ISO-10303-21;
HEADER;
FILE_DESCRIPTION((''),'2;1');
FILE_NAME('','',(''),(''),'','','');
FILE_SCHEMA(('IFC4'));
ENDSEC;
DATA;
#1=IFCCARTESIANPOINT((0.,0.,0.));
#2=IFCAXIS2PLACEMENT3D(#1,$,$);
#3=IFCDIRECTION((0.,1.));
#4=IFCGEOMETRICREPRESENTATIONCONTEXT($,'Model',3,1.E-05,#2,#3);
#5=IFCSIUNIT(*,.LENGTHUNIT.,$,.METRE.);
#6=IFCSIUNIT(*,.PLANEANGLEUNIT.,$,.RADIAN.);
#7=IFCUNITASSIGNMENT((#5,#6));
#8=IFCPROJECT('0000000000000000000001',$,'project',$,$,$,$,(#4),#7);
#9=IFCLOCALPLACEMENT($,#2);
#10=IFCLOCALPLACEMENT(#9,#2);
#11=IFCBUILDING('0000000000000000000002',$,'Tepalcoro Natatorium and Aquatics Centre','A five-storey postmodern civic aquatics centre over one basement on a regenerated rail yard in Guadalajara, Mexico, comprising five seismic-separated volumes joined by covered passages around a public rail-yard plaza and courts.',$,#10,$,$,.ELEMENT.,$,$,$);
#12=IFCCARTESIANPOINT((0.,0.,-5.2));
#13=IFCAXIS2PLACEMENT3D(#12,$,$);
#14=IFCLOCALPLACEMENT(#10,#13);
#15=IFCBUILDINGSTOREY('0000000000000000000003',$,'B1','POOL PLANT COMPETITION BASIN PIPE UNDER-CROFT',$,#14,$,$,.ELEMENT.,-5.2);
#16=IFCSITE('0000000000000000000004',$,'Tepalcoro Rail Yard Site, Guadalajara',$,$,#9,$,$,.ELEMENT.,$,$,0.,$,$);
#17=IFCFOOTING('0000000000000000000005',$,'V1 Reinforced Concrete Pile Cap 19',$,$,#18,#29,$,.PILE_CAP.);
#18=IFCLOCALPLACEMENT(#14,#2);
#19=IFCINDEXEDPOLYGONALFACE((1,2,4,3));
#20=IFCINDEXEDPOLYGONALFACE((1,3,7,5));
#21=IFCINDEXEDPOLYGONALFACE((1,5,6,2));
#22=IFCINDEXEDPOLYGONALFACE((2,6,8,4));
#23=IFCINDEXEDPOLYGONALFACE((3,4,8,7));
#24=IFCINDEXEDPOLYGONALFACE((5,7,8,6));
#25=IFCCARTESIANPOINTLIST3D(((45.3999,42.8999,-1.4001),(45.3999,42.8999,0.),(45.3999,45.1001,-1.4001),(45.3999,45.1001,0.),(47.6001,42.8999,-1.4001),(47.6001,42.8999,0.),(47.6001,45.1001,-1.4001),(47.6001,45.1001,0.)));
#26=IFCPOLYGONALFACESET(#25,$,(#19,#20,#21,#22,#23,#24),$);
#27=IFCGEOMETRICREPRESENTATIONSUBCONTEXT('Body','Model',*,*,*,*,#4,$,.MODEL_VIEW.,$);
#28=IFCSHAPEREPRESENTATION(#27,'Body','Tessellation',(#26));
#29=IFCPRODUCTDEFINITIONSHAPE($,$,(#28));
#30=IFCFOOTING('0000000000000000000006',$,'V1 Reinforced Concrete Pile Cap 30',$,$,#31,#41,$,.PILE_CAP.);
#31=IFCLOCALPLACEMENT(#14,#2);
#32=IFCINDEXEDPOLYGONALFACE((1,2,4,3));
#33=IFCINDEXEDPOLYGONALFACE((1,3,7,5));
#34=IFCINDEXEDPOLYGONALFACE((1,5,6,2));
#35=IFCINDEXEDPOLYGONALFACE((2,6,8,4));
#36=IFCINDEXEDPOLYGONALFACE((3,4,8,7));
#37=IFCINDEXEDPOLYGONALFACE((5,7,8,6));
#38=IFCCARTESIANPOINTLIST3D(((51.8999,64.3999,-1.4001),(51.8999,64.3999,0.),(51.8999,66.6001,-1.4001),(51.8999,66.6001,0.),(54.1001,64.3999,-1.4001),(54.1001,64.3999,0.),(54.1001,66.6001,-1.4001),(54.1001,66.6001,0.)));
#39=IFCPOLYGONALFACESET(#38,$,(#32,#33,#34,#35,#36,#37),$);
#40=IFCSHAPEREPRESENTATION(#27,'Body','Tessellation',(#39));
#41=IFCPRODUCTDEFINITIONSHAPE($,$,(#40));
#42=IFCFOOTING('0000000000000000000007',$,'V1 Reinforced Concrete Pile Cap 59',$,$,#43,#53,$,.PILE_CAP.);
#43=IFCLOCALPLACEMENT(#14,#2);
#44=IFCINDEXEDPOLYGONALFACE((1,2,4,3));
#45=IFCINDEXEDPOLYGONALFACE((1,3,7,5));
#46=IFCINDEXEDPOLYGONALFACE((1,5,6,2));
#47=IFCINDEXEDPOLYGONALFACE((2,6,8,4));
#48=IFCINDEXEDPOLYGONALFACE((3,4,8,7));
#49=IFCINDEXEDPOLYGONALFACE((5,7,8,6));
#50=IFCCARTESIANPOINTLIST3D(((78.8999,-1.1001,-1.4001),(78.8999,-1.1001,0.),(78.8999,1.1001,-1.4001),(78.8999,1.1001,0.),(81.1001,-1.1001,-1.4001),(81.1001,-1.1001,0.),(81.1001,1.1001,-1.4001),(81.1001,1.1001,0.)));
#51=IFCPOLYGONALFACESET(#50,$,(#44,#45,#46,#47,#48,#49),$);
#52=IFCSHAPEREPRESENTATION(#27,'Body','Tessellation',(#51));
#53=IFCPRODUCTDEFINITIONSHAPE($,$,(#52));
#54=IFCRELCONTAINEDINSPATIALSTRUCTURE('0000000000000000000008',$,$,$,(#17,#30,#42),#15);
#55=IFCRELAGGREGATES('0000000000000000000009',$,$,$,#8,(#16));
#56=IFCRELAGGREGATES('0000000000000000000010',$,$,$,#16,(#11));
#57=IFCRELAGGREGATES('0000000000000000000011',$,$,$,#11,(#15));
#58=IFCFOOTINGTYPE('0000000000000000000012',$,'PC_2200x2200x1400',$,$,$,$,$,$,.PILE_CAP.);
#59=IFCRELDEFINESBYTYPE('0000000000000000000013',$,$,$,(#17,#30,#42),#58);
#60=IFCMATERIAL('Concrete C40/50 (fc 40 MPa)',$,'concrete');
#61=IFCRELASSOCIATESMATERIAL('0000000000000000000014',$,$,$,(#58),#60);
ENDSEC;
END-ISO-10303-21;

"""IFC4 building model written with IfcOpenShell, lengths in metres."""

from ifc_helpers import new_model, si_unit, direction, frame, origin, place, context, subcontext, project, spatial, polyline, outline, extrude, material, type_object, element, save


model = new_model("IFC4")

# Units and contexts
model_context = context("Model", 3, precision=1e-05, world=origin(), true_north=direction((0.0, 1.0)))
body_context = subcontext(model_context, "Body", "Model", "MODEL_VIEW")
ifc_project = project(units=[si_unit("LENGTHUNIT", "METRE"), si_unit("PLANEANGLEUNIT", "RADIAN")], contexts=[model_context])

# Site, building, storey
site_placement = place(None, origin())
site = spatial("IfcSite", under=ifc_project, at=site_placement, Name="Tepalcoro Rail Yard Site, Guadalajara", CompositionType="ELEMENT", RefElevation=0.0)
building_placement = place(site_placement, origin())
building = spatial("IfcBuilding", under=site, at=building_placement, Name="Tepalcoro Natatorium and Aquatics Centre", Description="A five-storey postmodern civic aquatics centre over one basement on a regenerated rail yard in Guadalajara, Mexico, comprising five seismic-separated volumes joined by covered passages around a public rail-yard plaza and courts.", CompositionType="ELEMENT")
storey_placement = place(building_placement, frame((0.0, 0.0, -5.2)))
storey = spatial("IfcBuildingStorey", under=building, at=storey_placement, Name="B1", Description="POOL PLANT COMPETITION BASIN PIPE UNDER-CROFT", CompositionType="ELEMENT", Elevation=-5.2)

# Footings
ifc_material = material(Name="Concrete C40/50 (fc 40 MPa)", Category="concrete")
footing_type_1 = type_object("IfcFootingType", Name="PC_2200x2200x1400", PredefinedType="PILE_CAP", material=ifc_material)
footing_1_placement = place(storey_placement, frame((0.0, 0.0, -1.4001)))
element("IfcFooting", 1, at=footing_1_placement, inside=storey, type_object=footing_type_1, Name="V1 Reinforced Concrete Pile Cap 19", PredefinedType="PILE_CAP", context=body_context, shape_type="SweptSolid", body=[
    extrude(outline(polyline([(45.3999, 42.8999), (47.6001, 42.8999), (47.6001, 45.1001), (45.3999, 45.1001), (45.3999, 42.8999)])), origin(), (0.0, 0.0, 1.0), 1.4001),
])
footing_2_placement = place(storey_placement, frame((0.0, 0.0, -1.4001)))
element("IfcFooting", 2, at=footing_2_placement, inside=storey, type_object=footing_type_1, Name="V1 Reinforced Concrete Pile Cap 30", PredefinedType="PILE_CAP", context=body_context, shape_type="SweptSolid", body=[
    extrude(outline(polyline([(51.8999, 64.3999), (54.1001, 64.3999), (54.1001, 66.6001), (51.8999, 66.6001), (51.8999, 64.3999)])), origin(), (0.0, 0.0, 1.0), 1.4001),
])
footing_3_placement = place(storey_placement, frame((0.0, 0.0, -1.4001)))
element("IfcFooting", 3, at=footing_3_placement, inside=storey, type_object=footing_type_1, Name="V1 Reinforced Concrete Pile Cap 59", PredefinedType="PILE_CAP", context=body_context, shape_type="SweptSolid", body=[
    extrude(outline(polyline([(78.8999, -1.1001), (81.1001, -1.1001), (81.1001, 1.1001), (78.8999, 1.1001), (78.8999, -1.1001)])), origin(), (0.0, 0.0, 1.0), 1.4001),
])

save(model, "model.ifc")
